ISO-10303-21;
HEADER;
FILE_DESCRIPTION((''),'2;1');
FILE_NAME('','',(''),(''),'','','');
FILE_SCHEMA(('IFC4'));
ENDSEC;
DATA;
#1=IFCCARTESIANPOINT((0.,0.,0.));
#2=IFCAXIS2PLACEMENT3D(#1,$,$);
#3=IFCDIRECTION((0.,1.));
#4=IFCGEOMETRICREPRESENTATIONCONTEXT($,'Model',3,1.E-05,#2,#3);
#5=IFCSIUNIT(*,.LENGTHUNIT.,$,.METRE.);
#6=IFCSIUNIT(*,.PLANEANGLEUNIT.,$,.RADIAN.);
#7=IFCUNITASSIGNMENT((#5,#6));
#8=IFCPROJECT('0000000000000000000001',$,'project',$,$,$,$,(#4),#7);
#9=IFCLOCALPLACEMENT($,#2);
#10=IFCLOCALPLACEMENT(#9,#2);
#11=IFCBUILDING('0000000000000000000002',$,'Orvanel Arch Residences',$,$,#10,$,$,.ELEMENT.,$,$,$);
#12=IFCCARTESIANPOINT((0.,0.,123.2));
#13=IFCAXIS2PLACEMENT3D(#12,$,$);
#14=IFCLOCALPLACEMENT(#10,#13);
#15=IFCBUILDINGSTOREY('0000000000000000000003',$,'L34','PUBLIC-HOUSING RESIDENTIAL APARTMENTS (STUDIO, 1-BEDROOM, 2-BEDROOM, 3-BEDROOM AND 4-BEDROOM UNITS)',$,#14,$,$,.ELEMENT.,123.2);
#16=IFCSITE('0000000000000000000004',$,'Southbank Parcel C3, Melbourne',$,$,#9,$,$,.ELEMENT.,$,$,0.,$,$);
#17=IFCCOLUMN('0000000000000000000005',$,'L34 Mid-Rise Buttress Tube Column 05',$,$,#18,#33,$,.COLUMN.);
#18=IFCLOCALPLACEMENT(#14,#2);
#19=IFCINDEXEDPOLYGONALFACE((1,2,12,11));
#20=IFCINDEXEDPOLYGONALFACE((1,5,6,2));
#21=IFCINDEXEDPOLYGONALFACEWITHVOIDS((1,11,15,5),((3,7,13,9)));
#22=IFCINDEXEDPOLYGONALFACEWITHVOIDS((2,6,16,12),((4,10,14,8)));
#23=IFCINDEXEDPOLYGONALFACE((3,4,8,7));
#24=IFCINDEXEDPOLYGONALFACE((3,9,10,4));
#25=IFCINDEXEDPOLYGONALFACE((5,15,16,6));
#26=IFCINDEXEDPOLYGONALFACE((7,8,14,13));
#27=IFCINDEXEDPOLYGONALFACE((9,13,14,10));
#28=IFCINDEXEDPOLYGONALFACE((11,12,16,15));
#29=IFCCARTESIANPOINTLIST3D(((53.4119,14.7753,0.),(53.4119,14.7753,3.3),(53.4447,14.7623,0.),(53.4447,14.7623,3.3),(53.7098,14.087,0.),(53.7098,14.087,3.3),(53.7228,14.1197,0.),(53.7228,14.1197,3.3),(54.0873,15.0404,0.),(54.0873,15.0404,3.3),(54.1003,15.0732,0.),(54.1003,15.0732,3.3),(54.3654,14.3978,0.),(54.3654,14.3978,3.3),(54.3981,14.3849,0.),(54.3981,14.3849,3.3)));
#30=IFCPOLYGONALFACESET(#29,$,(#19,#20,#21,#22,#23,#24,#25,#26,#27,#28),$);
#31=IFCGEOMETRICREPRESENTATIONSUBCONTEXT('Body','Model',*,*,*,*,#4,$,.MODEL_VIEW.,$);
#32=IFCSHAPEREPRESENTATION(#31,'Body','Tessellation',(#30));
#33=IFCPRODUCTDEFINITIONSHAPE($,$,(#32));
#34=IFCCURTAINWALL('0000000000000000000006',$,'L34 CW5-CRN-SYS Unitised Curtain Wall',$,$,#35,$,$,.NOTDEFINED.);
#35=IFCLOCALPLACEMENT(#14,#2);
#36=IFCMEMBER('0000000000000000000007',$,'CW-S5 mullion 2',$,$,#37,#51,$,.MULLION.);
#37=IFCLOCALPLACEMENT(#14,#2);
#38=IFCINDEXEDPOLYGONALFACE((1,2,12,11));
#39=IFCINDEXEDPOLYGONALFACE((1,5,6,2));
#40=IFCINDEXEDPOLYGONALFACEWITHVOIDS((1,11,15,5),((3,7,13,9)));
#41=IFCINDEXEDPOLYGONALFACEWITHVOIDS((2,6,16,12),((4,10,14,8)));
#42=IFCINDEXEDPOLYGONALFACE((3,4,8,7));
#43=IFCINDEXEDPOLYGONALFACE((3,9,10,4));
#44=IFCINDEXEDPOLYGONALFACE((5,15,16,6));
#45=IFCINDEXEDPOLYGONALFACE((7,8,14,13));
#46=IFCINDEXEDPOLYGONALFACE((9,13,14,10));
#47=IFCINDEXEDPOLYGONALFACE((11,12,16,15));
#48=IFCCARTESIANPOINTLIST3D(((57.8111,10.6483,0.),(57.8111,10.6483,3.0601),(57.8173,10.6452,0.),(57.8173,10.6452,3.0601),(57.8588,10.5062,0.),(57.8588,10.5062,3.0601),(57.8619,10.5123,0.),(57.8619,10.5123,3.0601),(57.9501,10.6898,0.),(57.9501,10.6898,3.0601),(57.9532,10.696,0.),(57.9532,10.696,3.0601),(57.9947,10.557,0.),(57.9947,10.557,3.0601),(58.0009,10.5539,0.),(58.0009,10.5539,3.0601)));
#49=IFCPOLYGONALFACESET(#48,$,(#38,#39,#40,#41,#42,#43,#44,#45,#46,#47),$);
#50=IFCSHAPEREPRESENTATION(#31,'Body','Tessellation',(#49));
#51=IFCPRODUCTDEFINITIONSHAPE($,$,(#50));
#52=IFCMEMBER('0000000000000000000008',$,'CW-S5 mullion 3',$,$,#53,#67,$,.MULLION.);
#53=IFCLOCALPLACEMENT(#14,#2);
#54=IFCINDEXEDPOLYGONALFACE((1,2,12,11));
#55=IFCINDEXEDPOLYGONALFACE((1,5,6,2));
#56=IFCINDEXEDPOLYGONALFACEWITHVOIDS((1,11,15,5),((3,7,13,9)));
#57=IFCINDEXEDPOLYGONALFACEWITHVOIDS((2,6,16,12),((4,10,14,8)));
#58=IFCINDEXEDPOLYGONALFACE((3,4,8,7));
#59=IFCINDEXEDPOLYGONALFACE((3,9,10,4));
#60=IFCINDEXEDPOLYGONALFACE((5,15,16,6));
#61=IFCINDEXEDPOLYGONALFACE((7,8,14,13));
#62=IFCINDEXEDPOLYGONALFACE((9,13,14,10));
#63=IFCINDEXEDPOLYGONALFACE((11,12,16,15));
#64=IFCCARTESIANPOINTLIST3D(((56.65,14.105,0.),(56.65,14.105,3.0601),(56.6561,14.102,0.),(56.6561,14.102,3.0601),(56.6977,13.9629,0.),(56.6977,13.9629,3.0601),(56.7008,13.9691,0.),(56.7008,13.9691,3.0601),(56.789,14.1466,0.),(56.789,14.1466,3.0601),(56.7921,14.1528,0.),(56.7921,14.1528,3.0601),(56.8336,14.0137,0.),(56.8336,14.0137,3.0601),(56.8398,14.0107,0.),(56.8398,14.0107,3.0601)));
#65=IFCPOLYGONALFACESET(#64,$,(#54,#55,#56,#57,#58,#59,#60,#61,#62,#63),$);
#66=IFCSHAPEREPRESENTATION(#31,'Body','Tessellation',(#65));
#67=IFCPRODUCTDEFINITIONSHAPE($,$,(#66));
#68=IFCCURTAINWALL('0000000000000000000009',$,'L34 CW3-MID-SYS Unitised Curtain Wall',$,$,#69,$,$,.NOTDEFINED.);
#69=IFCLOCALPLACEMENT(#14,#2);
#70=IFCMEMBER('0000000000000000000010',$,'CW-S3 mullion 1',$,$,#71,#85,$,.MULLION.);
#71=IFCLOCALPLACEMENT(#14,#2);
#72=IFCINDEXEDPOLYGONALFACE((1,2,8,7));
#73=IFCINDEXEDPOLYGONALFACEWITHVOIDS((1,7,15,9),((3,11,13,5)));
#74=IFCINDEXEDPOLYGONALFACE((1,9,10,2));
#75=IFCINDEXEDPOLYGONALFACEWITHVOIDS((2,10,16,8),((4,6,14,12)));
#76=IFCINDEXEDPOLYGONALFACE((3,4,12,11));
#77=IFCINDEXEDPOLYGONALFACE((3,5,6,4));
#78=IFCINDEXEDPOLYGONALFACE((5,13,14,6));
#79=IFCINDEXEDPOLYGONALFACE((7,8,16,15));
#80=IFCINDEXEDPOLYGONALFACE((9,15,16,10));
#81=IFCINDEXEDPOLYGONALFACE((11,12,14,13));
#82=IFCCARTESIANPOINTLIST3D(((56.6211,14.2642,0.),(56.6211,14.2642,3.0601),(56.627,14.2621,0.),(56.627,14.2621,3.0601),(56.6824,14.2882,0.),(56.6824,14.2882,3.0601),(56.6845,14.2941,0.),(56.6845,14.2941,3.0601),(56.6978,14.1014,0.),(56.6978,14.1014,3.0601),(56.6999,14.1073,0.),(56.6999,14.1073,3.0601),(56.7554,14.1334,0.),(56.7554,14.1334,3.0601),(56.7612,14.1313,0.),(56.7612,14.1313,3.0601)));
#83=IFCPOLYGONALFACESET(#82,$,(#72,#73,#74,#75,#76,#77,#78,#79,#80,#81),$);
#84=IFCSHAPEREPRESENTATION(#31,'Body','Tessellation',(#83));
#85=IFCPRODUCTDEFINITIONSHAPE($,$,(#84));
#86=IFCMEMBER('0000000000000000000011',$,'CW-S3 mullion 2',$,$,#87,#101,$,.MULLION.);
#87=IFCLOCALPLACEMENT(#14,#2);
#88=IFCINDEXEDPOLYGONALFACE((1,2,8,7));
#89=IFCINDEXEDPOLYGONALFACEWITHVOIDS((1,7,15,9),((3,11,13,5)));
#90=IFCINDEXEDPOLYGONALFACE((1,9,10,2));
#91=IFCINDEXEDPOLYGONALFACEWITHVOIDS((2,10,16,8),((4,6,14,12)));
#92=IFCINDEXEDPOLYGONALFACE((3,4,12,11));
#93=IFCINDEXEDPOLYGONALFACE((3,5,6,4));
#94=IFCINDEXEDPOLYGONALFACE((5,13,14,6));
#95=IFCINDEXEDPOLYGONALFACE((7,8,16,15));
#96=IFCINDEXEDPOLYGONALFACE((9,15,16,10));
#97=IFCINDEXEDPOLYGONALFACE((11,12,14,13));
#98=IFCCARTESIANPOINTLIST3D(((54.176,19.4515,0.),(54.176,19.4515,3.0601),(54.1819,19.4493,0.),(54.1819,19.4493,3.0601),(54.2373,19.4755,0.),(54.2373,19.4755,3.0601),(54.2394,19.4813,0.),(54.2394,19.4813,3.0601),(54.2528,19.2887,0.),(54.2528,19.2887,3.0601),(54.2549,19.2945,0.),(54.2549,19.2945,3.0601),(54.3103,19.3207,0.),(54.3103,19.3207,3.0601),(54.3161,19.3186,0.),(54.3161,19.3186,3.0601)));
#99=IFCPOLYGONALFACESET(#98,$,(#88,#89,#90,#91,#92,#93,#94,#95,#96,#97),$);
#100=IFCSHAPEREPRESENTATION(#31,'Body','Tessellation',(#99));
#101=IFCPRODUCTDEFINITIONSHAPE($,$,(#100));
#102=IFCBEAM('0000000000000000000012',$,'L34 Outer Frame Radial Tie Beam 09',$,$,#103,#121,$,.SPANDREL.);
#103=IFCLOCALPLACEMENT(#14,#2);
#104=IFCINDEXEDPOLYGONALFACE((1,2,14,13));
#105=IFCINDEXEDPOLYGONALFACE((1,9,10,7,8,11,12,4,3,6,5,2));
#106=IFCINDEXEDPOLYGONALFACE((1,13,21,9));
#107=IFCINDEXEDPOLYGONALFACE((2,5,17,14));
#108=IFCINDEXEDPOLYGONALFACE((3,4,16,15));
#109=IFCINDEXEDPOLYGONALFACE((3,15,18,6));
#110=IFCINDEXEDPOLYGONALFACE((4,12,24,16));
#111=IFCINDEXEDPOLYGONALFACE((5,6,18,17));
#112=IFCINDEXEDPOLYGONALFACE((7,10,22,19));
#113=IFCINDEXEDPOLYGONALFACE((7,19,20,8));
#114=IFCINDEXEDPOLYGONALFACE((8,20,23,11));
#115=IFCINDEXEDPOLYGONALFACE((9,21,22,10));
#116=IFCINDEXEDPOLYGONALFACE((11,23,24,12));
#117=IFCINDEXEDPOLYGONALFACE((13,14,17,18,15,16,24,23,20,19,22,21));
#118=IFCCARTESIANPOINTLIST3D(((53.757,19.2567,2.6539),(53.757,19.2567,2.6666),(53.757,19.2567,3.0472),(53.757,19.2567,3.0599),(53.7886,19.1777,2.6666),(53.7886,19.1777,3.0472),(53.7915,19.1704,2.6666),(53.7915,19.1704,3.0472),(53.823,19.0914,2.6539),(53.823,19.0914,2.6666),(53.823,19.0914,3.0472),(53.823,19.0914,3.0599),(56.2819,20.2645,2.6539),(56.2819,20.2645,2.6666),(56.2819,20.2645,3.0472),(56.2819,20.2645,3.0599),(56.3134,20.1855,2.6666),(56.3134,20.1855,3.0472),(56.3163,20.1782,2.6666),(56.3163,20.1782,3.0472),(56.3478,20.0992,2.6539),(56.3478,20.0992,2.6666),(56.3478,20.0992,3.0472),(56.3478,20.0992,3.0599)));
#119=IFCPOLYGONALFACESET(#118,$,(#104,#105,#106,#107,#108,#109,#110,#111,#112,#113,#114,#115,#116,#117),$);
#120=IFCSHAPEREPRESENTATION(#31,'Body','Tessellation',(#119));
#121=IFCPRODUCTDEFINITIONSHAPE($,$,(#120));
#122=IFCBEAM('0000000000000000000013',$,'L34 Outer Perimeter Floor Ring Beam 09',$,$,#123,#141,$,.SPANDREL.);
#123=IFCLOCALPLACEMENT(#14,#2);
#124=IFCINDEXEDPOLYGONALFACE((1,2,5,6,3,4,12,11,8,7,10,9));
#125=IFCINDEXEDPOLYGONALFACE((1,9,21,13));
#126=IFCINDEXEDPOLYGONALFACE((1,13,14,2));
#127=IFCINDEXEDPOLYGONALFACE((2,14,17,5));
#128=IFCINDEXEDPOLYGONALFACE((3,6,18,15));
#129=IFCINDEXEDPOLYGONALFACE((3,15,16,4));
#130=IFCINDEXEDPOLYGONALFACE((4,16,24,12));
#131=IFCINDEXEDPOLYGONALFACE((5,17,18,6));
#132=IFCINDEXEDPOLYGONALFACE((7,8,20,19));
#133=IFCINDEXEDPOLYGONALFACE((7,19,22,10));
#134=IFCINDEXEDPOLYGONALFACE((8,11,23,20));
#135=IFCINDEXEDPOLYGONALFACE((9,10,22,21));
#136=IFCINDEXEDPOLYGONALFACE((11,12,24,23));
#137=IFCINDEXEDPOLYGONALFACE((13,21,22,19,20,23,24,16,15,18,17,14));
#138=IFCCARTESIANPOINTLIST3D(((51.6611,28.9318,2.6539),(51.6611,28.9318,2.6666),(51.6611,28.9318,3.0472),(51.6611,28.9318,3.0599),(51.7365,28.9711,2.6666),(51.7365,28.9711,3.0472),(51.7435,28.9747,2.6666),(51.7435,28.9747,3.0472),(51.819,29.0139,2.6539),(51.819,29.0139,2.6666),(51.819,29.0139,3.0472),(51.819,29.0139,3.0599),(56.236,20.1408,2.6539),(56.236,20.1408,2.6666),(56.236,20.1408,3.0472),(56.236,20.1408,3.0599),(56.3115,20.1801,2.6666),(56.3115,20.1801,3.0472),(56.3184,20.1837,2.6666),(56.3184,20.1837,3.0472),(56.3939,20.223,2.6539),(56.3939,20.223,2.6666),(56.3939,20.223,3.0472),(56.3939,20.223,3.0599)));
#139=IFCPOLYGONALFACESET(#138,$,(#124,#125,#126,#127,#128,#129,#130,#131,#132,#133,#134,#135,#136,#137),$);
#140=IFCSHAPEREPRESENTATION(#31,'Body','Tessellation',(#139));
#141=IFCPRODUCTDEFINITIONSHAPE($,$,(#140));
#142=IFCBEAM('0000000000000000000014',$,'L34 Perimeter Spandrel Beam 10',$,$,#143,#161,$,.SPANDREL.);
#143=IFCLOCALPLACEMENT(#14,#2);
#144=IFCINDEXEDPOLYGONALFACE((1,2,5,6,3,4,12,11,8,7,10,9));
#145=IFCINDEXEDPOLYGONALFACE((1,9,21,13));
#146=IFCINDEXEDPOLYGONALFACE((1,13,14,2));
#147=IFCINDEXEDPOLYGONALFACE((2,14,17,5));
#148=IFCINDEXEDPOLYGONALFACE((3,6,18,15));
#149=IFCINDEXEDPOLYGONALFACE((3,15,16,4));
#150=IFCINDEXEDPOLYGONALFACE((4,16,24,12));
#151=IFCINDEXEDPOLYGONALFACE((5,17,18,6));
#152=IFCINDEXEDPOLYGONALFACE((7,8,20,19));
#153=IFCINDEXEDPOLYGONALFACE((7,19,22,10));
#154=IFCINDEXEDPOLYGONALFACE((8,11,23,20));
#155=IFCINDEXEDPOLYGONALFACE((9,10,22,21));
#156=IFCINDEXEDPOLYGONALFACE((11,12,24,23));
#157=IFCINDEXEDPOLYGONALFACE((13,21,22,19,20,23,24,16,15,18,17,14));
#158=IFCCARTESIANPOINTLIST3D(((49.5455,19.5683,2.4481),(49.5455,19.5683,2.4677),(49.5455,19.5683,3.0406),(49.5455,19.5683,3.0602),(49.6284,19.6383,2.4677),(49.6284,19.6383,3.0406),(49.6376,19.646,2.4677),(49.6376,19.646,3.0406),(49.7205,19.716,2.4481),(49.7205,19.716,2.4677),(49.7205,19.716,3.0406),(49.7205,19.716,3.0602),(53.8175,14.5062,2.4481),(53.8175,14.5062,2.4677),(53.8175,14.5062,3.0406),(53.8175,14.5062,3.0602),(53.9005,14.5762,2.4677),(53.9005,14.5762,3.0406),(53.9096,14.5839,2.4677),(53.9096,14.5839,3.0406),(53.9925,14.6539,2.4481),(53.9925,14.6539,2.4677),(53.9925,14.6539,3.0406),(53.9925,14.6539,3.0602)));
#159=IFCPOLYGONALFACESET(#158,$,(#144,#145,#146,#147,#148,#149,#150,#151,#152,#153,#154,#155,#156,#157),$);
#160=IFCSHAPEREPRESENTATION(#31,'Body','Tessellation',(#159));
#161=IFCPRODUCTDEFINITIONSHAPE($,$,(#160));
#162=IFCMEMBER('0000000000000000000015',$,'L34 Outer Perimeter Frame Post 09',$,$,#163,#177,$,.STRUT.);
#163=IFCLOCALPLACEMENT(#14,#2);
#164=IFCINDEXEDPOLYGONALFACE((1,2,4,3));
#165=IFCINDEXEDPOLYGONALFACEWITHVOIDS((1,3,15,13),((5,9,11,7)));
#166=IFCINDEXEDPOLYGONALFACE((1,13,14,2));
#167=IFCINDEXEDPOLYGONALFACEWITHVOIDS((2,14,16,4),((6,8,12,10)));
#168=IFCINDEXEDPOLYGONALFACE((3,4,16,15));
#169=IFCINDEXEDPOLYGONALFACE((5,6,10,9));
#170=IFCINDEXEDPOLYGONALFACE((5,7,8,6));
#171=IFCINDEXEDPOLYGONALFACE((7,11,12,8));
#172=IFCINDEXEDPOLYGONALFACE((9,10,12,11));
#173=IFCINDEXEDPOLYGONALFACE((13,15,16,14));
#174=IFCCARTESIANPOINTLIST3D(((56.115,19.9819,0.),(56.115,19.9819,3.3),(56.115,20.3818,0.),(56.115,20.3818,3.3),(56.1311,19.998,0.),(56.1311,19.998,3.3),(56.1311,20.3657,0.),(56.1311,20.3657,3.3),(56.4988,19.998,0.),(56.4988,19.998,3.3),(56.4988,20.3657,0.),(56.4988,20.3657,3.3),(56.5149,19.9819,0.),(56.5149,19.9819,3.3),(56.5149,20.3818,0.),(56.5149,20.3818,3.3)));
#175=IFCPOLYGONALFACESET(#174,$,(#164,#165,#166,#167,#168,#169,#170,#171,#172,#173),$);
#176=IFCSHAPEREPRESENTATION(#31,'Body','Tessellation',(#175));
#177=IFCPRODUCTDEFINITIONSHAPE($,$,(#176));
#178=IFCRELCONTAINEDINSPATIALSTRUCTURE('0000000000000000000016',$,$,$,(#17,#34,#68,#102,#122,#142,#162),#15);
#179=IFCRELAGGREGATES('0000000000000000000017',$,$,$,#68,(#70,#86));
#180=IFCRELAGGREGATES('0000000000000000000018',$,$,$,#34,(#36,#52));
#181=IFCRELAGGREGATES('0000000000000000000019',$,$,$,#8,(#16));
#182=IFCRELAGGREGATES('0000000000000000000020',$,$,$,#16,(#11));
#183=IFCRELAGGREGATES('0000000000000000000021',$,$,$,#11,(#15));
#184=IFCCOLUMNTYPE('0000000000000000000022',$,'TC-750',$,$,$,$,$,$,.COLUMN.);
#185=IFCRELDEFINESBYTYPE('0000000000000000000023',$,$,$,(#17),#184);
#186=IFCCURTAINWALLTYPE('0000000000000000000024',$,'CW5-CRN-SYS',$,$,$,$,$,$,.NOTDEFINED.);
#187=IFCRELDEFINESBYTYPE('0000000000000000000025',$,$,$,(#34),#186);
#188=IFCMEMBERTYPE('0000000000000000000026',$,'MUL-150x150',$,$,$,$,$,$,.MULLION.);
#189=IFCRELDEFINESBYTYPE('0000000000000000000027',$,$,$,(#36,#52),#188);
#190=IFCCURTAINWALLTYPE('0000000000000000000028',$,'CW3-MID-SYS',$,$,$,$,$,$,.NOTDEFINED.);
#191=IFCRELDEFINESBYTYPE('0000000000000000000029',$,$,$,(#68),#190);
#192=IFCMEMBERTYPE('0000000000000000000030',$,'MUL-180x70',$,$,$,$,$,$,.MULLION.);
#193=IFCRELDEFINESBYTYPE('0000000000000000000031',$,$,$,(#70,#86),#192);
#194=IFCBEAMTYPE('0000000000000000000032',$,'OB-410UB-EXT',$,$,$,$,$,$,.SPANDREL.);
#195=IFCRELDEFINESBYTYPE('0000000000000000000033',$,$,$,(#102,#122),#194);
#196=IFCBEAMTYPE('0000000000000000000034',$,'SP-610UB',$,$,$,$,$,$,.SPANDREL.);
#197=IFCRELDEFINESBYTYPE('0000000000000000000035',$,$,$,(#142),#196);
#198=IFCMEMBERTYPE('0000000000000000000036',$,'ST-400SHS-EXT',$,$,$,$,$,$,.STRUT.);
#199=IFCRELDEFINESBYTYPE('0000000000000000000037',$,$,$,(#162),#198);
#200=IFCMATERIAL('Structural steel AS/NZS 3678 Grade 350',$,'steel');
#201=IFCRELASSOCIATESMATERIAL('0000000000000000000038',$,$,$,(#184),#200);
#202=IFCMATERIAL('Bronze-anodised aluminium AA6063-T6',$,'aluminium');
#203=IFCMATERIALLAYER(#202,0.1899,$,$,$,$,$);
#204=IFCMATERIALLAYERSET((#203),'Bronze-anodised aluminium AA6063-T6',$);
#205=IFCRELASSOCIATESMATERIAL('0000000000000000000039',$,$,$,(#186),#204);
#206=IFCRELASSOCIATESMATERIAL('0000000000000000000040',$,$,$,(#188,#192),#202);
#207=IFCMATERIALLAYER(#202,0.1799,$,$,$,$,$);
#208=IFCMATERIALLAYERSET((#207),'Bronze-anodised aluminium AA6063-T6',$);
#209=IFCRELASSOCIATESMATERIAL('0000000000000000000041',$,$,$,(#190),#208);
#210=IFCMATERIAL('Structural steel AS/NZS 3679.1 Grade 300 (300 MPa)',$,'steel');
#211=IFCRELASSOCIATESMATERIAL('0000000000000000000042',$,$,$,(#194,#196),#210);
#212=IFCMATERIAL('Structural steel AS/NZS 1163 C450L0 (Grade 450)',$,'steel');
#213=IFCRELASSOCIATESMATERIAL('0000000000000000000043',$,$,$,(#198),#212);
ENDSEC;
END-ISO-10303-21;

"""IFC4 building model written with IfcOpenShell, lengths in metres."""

from ifc_helpers import new_model, si_unit, direction, frame, origin, origin_2d, place, context, subcontext, project, spatial, hollow_rectangle, i_section, extrude, material, layer, layer_set, material_profile, profile_set, type_object, element, aggregate, save


model = new_model("IFC4")

# Units and contexts
model_context = context("Model", 3, precision=1e-05, world=origin(), true_north=direction((0.0, 1.0)))
body_context = subcontext(model_context, "Body", "Model", "MODEL_VIEW")
ifc_project = project(units=[si_unit("LENGTHUNIT", "METRE"), si_unit("PLANEANGLEUNIT", "RADIAN")], contexts=[model_context])

# Site, building, storey
site_placement = place(None, origin())
site = spatial("IfcSite", under=ifc_project, at=site_placement, Name="Southbank Parcel C3, Melbourne", CompositionType="ELEMENT", RefElevation=0.0)
building_placement = place(site_placement, origin())
building = spatial("IfcBuilding", under=site, at=building_placement, Name="Orvanel Arch Residences", CompositionType="ELEMENT")
storey_placement = place(building_placement, frame((0.0, 0.0, 123.2)))
storey = spatial("IfcBuildingStorey", under=building, at=storey_placement, Name="L34", Description="PUBLIC-HOUSING RESIDENTIAL APARTMENTS (STUDIO, 1-BEDROOM, 2-BEDROOM, 3-BEDROOM AND 4-BEDROOM UNITS)", CompositionType="ELEMENT", Elevation=123.2)

# Column
ifc_material_1 = material(Name="Structural steel AS/NZS 3678 Grade 350", Category="steel")
ifc_material_profile_1 = material_profile(ifc_material_1, hollow_rectangle(XDim=0.75, YDim=0.75, WallThickness=0.0249, at=origin_2d()), Name="BOX750x750x25")
ifc_profile_set_1 = profile_set([ifc_material_profile_1], Name="Structural steel AS/NZS 3678 Grade 350")
column_type = type_object("IfcColumnType", Name="TC-750", PredefinedType="COLUMN", material=ifc_profile_set_1)
column_placement = place(storey_placement, frame((53.905, 14.5801, 0.0), z_axis=(0.0, 0.0, 1.0), x_axis=(-0.397148, 0.917755, 0.0)))
element("IfcColumn", 1, at=column_placement, inside=storey, type_object=column_type, Name="L34 Mid-Rise Buttress Tube Column 05", PredefinedType="COLUMN", context=body_context, shape_type="SweptSolid", body=[
    extrude(hollow_rectangle(XDim=0.75, YDim=0.75, WallThickness=0.0249, at=origin_2d()), origin(), (0.0, 0.0, 1.0), 3.3),
])

# Curtain walls, members
ifc_material_2 = material(Name="Bronze-anodised aluminium AA6063-T6", Category="aluminium")
ifc_layer_1 = layer(ifc_material_2, 0.1899)
ifc_layer_set_1 = layer_set([ifc_layer_1], Name="Bronze-anodised aluminium AA6063-T6")
curtain_wall_type_1 = type_object("IfcCurtainWallType", Name="CW5-CRN-SYS", PredefinedType="NOTDEFINED", material=ifc_layer_set_1)
curtain_wall_1_placement = place(storey_placement, origin())
curtain_wall_1 = element("IfcCurtainWall", 2, at=curtain_wall_1_placement, inside=storey, type_object=curtain_wall_type_1, Name="L34 CW5-CRN-SYS Unitised Curtain Wall", PredefinedType="NOTDEFINED")
ifc_material_profile_2 = material_profile(ifc_material_2, hollow_rectangle(XDim=0.1499, YDim=0.1499, WallThickness=0.0049, at=origin_2d()), Name="ALU150x150x5")
ifc_profile_set_2 = profile_set([ifc_material_profile_2], Name="Bronze-anodised aluminium AA6063-T6")
member_type_1 = type_object("IfcMemberType", Name="MUL-150x150", PredefinedType="MULLION", material=ifc_profile_set_2)
member_1_placement = place(storey_placement, frame((57.906, 10.6011, 0.0), z_axis=(0.0, 0.0, 1.0), x_axis=(-0.947955, -0.318403, 0.0)))
member_1 = element("IfcMember", 3, at=member_1_placement, type_object=member_type_1, Name="CW-S5 mullion 2", PredefinedType="MULLION", context=body_context, shape_type="SweptSolid", body=[
    extrude(hollow_rectangle(XDim=0.1499, YDim=0.1499, WallThickness=0.0049, at=origin_2d()), origin(), (0.0, 0.0, 1.0), 3.0601),
])
member_2_placement = place(storey_placement, frame((56.7449, 14.0579, 0.0), z_axis=(0.0, 0.0, 1.0), x_axis=(-0.947955, -0.318403, 0.0)))
member_2 = element("IfcMember", 4, at=member_2_placement, type_object=member_type_1, Name="CW-S5 mullion 3", PredefinedType="MULLION", context=body_context, shape_type="SweptSolid", body=[
    extrude(hollow_rectangle(XDim=0.1499, YDim=0.1499, WallThickness=0.0049, at=origin_2d()), origin(), (0.0, 0.0, 1.0), 3.0601),
])
ifc_layer_2 = layer(ifc_material_2, 0.1799)
ifc_layer_set_2 = layer_set([ifc_layer_2], Name="Bronze-anodised aluminium AA6063-T6")
curtain_wall_type_2 = type_object("IfcCurtainWallType", Name="CW3-MID-SYS", PredefinedType="NOTDEFINED", material=ifc_layer_set_2)
curtain_wall_2_placement = place(storey_placement, origin())
curtain_wall_2 = element("IfcCurtainWall", 5, at=curtain_wall_2_placement, inside=storey, type_object=curtain_wall_type_2, Name="L34 CW3-MID-SYS Unitised Curtain Wall", PredefinedType="NOTDEFINED")
ifc_material_profile_3 = material_profile(ifc_material_2, hollow_rectangle(XDim=0.0701, YDim=0.1799, WallThickness=0.0044, at=origin_2d()), Name="ALU180x70x4.5")
ifc_profile_set_3 = profile_set([ifc_material_profile_3], Name="Bronze-anodised aluminium AA6063-T6")
member_type_2 = type_object("IfcMemberType", Name="MUL-180x70", PredefinedType="MULLION", material=ifc_profile_set_3)
member_3_placement = place(storey_placement, frame((56.6912, 14.1978, 0.0), z_axis=(0.0, 0.0, 1.0), x_axis=(-0.904551, -0.426365, 0.0)))
member_3 = element("IfcMember", 6, at=member_3_placement, type_object=member_type_2, Name="CW-S3 mullion 1", PredefinedType="MULLION", context=body_context, shape_type="SweptSolid", body=[
    extrude(hollow_rectangle(XDim=0.0701, YDim=0.1799, WallThickness=0.0044, at=origin_2d()), origin(), (0.0, 0.0, 1.0), 3.0601),
])
member_4_placement = place(storey_placement, frame((54.2461, 19.385, 0.0), z_axis=(0.0, 0.0, 1.0), x_axis=(-0.904551, -0.426365, 0.0)))
member_4 = element("IfcMember", 7, at=member_4_placement, type_object=member_type_2, Name="CW-S3 mullion 2", PredefinedType="MULLION", context=body_context, shape_type="SweptSolid", body=[
    extrude(hollow_rectangle(XDim=0.0701, YDim=0.1799, WallThickness=0.0044, at=origin_2d()), origin(), (0.0, 0.0, 1.0), 3.0601),
])

# Beams
ifc_material_3 = material(Name="Structural steel AS/NZS 3679.1 Grade 300 (300 MPa)", Category="steel")
ifc_material_profile_4 = material_profile(ifc_material_3, i_section(OverallWidth=0.178, OverallDepth=0.406, WebThickness=0.0078, FlangeThickness=0.0127, at=origin_2d()), Name="410UB59.7")
ifc_profile_set_4 = profile_set([ifc_material_profile_4], Name="Structural steel AS/NZS 3679.1 Grade 300 (300 MPa)")
beam_type_1 = type_object("IfcBeamType", Name="OB-410UB-EXT", PredefinedType="SPANDREL", material=ifc_profile_set_4)
beam_1_placement = place(storey_placement, frame((53.79, 19.1741, 2.8569), z_axis=(0.928749, 0.370709, 0.0), x_axis=(-0.370709, 0.928749, 0.0)))
element("IfcBeam", 8, at=beam_1_placement, inside=storey, type_object=beam_type_1, Name="L34 Outer Frame Radial Tie Beam 09", PredefinedType="SPANDREL", context=body_context, shape_type="SweptSolid", body=[
    extrude(i_section(OverallWidth=0.178, OverallDepth=0.406, WebThickness=0.0078, FlangeThickness=0.0127, at=origin_2d()), origin(), (0.0, 0.0, 1.0), 2.7185),
])
beam_2_placement = place(storey_placement, frame((56.3149, 20.1819, 2.8569), z_axis=(-0.46164, 0.887067, 0.0), x_axis=(-0.887067, -0.46164, 0.0)))
element("IfcBeam", 9, at=beam_2_placement, inside=storey, type_object=beam_type_1, Name="L34 Outer Perimeter Floor Ring Beam 09", PredefinedType="SPANDREL", context=body_context, shape_type="SweptSolid", body=[
    extrude(i_section(OverallWidth=0.178, OverallDepth=0.406, WebThickness=0.0078, FlangeThickness=0.0127, at=origin_2d()), origin(), (0.0, 0.0, 1.0), 9.9102),
])
ifc_material_profile_5 = material_profile(ifc_material_3, i_section(OverallWidth=0.229, OverallDepth=0.6121, WebThickness=0.012, FlangeThickness=0.0195, at=origin_2d()), Name="610UB125")
ifc_profile_set_5 = profile_set([ifc_material_profile_5], Name="Structural steel AS/NZS 3679.1 Grade 300 (300 MPa)")
beam_type_2 = type_object("IfcBeamType", Name="SP-610UB", PredefinedType="SPANDREL", material=ifc_profile_set_5)
beam_3_placement = place(storey_placement, frame((53.905, 14.5801, 2.7542), z_axis=(-0.64495, 0.764224, 0.0), x_axis=(-0.764224, -0.64495, 0.0)))
element("IfcBeam", 10, at=beam_3_placement, inside=storey, type_object=beam_type_2, Name="L34 Perimeter Spandrel Beam 10", PredefinedType="SPANDREL", context=body_context, shape_type="SweptSolid", body=[
    extrude(i_section(OverallWidth=0.229, OverallDepth=0.6121, WebThickness=0.012, FlangeThickness=0.0195, at=origin_2d()), origin(), (0.0, 0.0, 1.0), 6.6238),
])

# Member
ifc_material_4 = material(Name="Structural steel AS/NZS 1163 C450L0 (Grade 450)", Category="steel")
ifc_material_profile_6 = material_profile(ifc_material_4, hollow_rectangle(XDim=0.3999, YDim=0.3999, WallThickness=0.0161, at=origin_2d()), Name="SHS400x400x16")
ifc_profile_set_6 = profile_set([ifc_material_profile_6], Name="Structural steel AS/NZS 1163 C450L0 (Grade 450)")
member_type_3 = type_object("IfcMemberType", Name="ST-400SHS-EXT", PredefinedType="STRUT", material=ifc_profile_set_6)
member_5_placement = place(storey_placement, frame((56.3149, 20.1819, 0.0), z_axis=(0.0, 0.0, 1.0), x_axis=(1.0, 0.0, 0.0)))
element("IfcMember", 11, at=member_5_placement, inside=storey, type_object=member_type_3, Name="L34 Outer Perimeter Frame Post 09", PredefinedType="STRUT", context=body_context, shape_type="SweptSolid", body=[
    extrude(hollow_rectangle(XDim=0.3999, YDim=0.3999, WallThickness=0.0161, at=origin_2d()), origin(), (0.0, 0.0, 1.0), 3.3),
])

aggregate(curtain_wall_2, [member_3, member_4])
aggregate(curtain_wall_1, [member_1, member_2])

save(model, "model.ifc")
